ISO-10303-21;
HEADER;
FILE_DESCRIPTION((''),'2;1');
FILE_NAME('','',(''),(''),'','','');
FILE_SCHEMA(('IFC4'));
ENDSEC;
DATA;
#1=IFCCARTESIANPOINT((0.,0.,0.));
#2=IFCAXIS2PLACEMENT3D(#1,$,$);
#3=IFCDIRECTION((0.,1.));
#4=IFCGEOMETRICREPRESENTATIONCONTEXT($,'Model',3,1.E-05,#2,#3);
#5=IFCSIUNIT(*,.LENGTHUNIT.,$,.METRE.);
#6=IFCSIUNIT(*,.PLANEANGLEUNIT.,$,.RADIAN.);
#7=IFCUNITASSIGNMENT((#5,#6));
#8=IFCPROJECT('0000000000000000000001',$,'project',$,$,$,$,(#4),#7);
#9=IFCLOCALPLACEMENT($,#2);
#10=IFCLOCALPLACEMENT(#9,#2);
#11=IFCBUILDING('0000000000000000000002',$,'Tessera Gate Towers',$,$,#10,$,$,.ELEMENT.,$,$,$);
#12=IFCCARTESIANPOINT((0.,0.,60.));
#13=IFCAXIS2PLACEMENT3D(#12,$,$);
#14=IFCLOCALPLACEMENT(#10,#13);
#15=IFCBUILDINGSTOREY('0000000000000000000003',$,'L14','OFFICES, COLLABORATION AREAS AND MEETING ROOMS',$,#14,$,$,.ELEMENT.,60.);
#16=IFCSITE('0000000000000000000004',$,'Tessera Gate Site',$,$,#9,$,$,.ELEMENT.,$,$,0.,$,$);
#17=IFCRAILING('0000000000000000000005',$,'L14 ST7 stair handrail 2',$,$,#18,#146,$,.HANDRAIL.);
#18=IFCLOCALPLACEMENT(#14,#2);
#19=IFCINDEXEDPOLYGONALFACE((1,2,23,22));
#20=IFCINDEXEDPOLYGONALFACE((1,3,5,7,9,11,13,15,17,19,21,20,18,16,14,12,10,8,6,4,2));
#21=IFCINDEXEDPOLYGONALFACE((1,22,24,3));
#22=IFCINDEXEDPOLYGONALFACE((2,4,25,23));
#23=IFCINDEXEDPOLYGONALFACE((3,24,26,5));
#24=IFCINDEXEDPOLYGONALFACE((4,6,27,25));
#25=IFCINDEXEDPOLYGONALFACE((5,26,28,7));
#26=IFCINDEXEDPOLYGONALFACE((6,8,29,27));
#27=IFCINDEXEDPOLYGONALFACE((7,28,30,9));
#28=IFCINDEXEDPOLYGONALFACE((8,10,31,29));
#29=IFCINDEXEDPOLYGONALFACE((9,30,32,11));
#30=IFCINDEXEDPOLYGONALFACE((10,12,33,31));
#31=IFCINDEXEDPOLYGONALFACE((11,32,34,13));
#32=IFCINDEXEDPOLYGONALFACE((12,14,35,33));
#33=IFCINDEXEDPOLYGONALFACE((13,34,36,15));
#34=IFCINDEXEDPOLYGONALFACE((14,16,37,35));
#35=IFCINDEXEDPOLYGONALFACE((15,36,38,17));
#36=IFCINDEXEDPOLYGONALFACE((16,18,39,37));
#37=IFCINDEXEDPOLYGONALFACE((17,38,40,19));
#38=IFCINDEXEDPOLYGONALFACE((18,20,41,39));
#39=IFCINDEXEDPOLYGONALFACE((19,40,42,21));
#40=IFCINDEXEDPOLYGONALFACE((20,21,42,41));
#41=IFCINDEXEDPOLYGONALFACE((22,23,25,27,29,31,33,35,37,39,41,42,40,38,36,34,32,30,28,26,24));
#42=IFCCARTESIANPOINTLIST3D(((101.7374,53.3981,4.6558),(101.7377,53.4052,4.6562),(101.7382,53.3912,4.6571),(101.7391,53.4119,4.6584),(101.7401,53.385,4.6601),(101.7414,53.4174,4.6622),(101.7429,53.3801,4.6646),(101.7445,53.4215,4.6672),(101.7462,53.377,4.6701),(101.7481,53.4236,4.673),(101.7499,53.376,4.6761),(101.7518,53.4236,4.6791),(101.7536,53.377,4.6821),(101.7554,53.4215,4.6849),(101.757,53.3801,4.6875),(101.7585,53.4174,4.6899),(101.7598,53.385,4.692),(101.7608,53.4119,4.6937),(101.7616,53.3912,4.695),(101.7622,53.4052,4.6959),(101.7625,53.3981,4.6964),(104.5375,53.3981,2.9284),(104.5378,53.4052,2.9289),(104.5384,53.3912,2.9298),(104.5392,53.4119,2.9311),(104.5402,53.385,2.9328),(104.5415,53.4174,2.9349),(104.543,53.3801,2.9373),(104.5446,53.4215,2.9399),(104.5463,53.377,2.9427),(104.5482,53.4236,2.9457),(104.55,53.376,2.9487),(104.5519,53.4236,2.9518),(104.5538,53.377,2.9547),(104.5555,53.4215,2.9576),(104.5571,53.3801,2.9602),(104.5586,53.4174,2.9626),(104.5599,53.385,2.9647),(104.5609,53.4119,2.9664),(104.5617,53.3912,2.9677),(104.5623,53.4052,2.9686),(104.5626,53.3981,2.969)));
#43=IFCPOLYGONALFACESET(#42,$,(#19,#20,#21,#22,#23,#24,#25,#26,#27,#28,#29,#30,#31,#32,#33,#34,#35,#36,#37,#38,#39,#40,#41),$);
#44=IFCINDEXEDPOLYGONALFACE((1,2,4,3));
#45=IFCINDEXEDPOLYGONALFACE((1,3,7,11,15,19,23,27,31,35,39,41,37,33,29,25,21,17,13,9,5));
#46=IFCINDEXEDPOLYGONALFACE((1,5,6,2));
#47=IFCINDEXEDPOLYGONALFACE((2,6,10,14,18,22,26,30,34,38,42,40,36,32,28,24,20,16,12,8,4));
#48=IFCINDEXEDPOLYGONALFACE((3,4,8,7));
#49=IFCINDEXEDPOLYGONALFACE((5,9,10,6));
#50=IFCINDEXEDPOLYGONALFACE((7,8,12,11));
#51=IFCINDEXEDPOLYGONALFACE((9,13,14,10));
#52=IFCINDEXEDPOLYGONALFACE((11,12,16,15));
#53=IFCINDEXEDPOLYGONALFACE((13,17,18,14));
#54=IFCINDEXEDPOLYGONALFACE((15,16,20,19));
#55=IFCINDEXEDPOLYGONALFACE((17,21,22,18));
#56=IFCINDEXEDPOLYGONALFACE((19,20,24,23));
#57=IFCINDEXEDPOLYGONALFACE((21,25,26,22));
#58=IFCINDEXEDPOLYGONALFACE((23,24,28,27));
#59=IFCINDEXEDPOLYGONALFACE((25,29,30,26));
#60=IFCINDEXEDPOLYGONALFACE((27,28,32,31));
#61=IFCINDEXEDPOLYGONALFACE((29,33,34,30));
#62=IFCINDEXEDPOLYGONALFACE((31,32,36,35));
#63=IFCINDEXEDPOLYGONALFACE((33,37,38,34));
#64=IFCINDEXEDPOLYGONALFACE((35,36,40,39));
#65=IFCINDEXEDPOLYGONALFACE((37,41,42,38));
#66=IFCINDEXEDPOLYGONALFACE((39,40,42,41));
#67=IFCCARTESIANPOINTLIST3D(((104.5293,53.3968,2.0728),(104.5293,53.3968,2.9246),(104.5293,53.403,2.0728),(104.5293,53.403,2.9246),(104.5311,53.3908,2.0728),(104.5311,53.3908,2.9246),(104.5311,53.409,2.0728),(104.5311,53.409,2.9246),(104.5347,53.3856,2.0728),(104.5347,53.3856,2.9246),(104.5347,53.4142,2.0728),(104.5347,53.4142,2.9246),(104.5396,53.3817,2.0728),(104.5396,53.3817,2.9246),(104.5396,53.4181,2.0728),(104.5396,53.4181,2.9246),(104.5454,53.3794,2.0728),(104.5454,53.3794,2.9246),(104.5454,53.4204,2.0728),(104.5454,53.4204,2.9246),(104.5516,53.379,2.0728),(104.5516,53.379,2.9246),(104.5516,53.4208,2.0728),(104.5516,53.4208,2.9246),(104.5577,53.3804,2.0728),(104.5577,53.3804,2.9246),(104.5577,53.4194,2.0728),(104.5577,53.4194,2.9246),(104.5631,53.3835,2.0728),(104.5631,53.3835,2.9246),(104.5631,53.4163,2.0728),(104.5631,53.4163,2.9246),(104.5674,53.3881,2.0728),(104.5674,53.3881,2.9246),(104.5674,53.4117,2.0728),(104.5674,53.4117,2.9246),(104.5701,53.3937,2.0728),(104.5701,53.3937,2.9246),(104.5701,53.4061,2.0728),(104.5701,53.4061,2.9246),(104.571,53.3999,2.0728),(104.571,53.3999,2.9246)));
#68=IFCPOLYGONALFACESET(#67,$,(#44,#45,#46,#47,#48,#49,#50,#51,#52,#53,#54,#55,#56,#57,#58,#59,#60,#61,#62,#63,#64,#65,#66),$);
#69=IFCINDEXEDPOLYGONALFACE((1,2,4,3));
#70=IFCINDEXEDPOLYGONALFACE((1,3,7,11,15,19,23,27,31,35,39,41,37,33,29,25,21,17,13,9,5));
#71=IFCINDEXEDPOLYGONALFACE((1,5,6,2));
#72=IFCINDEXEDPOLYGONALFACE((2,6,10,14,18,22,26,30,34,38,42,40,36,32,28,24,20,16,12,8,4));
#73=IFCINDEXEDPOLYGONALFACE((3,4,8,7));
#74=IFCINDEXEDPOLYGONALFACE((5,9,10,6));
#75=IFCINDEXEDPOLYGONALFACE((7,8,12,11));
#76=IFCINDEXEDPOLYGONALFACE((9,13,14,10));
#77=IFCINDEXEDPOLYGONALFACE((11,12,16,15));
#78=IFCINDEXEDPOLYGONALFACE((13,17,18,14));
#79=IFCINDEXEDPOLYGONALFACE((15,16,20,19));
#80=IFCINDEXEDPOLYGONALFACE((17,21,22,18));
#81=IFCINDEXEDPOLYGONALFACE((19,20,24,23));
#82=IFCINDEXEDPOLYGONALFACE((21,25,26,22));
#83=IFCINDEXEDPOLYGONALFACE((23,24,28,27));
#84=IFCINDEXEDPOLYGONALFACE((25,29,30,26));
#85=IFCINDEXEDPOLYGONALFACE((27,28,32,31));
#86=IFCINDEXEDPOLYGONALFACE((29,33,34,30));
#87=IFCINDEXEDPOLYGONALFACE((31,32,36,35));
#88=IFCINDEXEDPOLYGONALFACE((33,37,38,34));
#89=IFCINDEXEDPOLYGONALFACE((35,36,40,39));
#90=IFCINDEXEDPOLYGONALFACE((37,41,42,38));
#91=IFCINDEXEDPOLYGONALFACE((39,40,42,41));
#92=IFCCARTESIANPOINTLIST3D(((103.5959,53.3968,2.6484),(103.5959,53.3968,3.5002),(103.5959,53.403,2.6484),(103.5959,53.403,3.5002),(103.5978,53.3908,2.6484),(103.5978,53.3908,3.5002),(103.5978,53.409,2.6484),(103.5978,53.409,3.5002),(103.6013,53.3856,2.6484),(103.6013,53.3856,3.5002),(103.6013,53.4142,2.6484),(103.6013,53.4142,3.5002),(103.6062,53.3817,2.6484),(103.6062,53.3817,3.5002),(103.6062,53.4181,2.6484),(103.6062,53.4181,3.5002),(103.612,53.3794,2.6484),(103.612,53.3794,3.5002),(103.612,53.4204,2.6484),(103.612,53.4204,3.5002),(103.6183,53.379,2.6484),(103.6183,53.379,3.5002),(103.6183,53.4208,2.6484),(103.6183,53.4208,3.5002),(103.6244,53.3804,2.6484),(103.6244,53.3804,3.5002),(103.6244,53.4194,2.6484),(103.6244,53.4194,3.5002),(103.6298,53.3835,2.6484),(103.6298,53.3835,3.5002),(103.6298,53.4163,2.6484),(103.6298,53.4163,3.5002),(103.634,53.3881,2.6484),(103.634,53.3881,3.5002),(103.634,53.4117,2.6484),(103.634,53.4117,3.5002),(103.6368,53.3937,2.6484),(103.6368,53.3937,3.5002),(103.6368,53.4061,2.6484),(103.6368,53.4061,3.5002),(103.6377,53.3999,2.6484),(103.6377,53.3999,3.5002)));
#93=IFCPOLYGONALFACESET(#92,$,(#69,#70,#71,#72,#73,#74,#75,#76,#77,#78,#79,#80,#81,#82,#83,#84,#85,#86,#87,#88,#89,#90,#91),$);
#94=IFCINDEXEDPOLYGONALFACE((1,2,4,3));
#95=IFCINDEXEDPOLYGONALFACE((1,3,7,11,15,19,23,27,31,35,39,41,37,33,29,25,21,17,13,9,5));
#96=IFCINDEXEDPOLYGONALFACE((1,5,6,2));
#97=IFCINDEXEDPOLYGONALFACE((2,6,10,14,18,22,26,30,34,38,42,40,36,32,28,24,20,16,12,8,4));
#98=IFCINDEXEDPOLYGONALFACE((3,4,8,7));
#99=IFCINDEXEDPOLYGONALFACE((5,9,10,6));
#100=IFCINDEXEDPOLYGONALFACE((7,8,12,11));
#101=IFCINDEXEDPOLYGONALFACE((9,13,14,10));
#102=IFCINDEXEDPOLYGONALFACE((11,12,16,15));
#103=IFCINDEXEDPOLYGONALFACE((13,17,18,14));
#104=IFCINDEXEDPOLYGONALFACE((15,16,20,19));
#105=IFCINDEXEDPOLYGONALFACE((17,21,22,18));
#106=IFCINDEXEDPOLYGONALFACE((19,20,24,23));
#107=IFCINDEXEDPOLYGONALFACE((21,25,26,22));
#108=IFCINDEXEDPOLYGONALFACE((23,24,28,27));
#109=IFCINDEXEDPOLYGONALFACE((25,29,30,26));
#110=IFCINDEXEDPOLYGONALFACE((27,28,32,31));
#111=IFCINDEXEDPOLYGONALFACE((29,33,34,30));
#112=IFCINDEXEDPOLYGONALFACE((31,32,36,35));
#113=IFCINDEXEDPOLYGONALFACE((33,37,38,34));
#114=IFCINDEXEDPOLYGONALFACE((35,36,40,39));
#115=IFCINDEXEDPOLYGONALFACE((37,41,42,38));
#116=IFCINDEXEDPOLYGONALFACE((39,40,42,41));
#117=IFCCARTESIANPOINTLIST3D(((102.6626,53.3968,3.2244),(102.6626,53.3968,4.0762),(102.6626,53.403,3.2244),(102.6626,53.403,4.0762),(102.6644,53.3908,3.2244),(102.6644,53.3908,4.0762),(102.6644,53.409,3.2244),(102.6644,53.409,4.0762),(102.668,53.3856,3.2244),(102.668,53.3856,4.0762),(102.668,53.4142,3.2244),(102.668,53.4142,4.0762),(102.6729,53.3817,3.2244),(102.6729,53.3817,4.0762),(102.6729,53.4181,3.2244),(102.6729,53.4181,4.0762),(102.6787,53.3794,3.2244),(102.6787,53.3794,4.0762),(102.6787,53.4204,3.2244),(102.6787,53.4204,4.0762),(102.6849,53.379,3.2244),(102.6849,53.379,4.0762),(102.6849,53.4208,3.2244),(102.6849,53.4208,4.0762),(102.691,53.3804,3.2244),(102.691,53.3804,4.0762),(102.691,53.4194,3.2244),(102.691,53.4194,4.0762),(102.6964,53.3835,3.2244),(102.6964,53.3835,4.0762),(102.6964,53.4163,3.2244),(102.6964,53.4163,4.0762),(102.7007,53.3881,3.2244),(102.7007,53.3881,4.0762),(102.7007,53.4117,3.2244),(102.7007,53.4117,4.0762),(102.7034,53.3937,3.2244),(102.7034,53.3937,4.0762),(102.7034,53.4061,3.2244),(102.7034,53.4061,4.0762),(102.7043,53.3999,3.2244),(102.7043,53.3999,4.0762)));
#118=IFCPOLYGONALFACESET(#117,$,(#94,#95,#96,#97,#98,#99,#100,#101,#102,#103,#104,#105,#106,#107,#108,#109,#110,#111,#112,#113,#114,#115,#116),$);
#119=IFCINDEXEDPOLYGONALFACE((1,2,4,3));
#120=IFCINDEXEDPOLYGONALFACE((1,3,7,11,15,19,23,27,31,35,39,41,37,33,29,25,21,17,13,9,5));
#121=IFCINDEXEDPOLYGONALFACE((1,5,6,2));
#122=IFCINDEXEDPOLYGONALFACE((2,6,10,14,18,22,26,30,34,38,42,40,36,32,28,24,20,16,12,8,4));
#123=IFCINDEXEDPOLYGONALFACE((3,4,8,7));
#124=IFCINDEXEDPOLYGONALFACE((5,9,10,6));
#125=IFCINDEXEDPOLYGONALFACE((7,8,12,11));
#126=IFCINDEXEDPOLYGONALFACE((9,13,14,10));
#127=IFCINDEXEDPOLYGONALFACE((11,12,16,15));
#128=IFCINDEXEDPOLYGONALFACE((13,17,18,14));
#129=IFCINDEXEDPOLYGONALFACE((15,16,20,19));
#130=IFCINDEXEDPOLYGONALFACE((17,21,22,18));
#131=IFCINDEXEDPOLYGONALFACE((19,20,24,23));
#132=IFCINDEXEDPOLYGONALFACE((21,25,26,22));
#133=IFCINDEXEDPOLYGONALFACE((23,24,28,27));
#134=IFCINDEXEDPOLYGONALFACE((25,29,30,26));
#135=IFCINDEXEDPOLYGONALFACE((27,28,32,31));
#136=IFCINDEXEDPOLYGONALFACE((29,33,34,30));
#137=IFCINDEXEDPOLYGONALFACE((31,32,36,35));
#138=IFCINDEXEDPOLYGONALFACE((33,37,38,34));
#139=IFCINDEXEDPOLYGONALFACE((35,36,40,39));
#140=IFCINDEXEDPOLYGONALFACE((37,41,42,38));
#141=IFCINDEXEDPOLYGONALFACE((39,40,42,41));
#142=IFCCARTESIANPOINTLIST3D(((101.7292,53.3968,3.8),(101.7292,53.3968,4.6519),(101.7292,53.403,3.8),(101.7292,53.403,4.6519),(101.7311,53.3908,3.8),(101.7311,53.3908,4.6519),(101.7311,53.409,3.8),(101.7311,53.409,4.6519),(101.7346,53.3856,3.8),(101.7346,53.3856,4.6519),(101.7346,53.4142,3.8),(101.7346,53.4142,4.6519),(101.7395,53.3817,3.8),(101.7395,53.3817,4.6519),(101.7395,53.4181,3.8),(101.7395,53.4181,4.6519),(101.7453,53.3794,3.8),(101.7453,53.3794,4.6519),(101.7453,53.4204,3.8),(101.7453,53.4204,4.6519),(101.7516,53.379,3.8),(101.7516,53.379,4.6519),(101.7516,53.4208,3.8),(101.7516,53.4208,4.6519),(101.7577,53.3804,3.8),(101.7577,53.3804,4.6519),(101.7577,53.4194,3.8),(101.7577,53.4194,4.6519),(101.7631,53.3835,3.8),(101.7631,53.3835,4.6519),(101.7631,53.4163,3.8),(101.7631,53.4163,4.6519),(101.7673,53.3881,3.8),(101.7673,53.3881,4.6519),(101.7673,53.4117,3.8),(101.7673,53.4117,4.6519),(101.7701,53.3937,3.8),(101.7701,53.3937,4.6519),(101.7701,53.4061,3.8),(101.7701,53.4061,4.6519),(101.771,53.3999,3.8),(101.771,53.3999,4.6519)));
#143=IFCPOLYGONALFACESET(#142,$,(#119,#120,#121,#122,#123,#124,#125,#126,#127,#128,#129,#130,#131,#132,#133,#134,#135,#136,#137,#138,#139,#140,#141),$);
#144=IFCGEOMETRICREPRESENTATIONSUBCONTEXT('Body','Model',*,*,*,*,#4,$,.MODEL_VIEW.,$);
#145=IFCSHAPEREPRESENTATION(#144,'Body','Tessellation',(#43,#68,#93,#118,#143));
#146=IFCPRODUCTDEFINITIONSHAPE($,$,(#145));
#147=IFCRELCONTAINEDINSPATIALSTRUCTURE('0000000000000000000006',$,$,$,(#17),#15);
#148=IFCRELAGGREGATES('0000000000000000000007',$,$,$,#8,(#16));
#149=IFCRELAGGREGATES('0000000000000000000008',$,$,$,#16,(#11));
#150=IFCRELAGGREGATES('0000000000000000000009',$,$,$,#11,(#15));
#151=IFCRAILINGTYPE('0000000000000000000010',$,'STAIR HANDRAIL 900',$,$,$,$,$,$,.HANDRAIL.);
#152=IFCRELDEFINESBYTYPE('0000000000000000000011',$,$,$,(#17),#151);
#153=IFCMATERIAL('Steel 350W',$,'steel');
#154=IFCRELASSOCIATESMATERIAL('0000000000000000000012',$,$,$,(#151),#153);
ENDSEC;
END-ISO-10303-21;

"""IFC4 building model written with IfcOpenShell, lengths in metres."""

from ifc_helpers import new_model, si_unit, direction, frame, origin, origin_2d, place, context, subcontext, project, spatial, circle, extrude, material, type_object, element, save


model = new_model("IFC4")

# Units and contexts
model_context = context("Model", 3, precision=1e-05, world=origin(), true_north=direction((0.0, 1.0)))
body_context = subcontext(model_context, "Body", "Model", "MODEL_VIEW")
ifc_project = project(units=[si_unit("LENGTHUNIT", "METRE"), si_unit("PLANEANGLEUNIT", "RADIAN")], contexts=[model_context])

# Site, building, storey
site_placement = place(None, origin())
site = spatial("IfcSite", under=ifc_project, at=site_placement, Name="Tessera Gate Site", CompositionType="ELEMENT", RefElevation=0.0)
building_placement = place(site_placement, origin())
building = spatial("IfcBuilding", under=site, at=building_placement, Name="Tessera Gate Towers", CompositionType="ELEMENT")
storey_placement = place(building_placement, frame((0.0, 0.0, 60.0)))
storey = spatial("IfcBuildingStorey", under=building, at=storey_placement, Name="L14", Description="OFFICES, COLLABORATION AREAS AND MEETING ROOMS", CompositionType="ELEMENT", Elevation=60.0)

# Railing
ifc_material_1 = material(Name="Steel 350W", Category="steel")
railing_type_1 = type_object("IfcRailingType", Name="STAIR HANDRAIL 900", PredefinedType="HANDRAIL", material=ifc_material_1)
railing_1_placement = place(storey_placement, frame((104.55, 53.3999, 2.0728)))
element("IfcRailing", 1, at=railing_1_placement, inside=storey, type_object=railing_type_1, Name="L14 ST7 stair handrail 2", PredefinedType="HANDRAIL", context=body_context, shape_type="SweptSolid", body=[
    extrude(circle(Radius=0.0239, at=origin_2d()), frame((0.0, 0.0, 0.876), z_axis=(-0.85109, 0.0, 0.52502), x_axis=(0.0, -1.0, 0.0)), (0.0, 0.0, 1.0), 3.29),
    extrude(circle(Radius=0.021, at=origin_2d()), origin(), (0.0, 0.0, 1.0), 0.8518),
    extrude(circle(Radius=0.021, at=origin_2d()), frame((-0.9333, 0.0, 0.5757)), (0.0, 0.0, 1.0), 0.8518),
    extrude(circle(Radius=0.021, at=origin_2d()), frame((-1.8667, 0.0, 1.1516)), (0.0, 0.0, 1.0), 0.8518),
    extrude(circle(Radius=0.021, at=origin_2d()), frame((-2.8, 0.0, 1.7273)), (0.0, 0.0, 1.0), 0.8518),
])

save(model, "model.ifc")
